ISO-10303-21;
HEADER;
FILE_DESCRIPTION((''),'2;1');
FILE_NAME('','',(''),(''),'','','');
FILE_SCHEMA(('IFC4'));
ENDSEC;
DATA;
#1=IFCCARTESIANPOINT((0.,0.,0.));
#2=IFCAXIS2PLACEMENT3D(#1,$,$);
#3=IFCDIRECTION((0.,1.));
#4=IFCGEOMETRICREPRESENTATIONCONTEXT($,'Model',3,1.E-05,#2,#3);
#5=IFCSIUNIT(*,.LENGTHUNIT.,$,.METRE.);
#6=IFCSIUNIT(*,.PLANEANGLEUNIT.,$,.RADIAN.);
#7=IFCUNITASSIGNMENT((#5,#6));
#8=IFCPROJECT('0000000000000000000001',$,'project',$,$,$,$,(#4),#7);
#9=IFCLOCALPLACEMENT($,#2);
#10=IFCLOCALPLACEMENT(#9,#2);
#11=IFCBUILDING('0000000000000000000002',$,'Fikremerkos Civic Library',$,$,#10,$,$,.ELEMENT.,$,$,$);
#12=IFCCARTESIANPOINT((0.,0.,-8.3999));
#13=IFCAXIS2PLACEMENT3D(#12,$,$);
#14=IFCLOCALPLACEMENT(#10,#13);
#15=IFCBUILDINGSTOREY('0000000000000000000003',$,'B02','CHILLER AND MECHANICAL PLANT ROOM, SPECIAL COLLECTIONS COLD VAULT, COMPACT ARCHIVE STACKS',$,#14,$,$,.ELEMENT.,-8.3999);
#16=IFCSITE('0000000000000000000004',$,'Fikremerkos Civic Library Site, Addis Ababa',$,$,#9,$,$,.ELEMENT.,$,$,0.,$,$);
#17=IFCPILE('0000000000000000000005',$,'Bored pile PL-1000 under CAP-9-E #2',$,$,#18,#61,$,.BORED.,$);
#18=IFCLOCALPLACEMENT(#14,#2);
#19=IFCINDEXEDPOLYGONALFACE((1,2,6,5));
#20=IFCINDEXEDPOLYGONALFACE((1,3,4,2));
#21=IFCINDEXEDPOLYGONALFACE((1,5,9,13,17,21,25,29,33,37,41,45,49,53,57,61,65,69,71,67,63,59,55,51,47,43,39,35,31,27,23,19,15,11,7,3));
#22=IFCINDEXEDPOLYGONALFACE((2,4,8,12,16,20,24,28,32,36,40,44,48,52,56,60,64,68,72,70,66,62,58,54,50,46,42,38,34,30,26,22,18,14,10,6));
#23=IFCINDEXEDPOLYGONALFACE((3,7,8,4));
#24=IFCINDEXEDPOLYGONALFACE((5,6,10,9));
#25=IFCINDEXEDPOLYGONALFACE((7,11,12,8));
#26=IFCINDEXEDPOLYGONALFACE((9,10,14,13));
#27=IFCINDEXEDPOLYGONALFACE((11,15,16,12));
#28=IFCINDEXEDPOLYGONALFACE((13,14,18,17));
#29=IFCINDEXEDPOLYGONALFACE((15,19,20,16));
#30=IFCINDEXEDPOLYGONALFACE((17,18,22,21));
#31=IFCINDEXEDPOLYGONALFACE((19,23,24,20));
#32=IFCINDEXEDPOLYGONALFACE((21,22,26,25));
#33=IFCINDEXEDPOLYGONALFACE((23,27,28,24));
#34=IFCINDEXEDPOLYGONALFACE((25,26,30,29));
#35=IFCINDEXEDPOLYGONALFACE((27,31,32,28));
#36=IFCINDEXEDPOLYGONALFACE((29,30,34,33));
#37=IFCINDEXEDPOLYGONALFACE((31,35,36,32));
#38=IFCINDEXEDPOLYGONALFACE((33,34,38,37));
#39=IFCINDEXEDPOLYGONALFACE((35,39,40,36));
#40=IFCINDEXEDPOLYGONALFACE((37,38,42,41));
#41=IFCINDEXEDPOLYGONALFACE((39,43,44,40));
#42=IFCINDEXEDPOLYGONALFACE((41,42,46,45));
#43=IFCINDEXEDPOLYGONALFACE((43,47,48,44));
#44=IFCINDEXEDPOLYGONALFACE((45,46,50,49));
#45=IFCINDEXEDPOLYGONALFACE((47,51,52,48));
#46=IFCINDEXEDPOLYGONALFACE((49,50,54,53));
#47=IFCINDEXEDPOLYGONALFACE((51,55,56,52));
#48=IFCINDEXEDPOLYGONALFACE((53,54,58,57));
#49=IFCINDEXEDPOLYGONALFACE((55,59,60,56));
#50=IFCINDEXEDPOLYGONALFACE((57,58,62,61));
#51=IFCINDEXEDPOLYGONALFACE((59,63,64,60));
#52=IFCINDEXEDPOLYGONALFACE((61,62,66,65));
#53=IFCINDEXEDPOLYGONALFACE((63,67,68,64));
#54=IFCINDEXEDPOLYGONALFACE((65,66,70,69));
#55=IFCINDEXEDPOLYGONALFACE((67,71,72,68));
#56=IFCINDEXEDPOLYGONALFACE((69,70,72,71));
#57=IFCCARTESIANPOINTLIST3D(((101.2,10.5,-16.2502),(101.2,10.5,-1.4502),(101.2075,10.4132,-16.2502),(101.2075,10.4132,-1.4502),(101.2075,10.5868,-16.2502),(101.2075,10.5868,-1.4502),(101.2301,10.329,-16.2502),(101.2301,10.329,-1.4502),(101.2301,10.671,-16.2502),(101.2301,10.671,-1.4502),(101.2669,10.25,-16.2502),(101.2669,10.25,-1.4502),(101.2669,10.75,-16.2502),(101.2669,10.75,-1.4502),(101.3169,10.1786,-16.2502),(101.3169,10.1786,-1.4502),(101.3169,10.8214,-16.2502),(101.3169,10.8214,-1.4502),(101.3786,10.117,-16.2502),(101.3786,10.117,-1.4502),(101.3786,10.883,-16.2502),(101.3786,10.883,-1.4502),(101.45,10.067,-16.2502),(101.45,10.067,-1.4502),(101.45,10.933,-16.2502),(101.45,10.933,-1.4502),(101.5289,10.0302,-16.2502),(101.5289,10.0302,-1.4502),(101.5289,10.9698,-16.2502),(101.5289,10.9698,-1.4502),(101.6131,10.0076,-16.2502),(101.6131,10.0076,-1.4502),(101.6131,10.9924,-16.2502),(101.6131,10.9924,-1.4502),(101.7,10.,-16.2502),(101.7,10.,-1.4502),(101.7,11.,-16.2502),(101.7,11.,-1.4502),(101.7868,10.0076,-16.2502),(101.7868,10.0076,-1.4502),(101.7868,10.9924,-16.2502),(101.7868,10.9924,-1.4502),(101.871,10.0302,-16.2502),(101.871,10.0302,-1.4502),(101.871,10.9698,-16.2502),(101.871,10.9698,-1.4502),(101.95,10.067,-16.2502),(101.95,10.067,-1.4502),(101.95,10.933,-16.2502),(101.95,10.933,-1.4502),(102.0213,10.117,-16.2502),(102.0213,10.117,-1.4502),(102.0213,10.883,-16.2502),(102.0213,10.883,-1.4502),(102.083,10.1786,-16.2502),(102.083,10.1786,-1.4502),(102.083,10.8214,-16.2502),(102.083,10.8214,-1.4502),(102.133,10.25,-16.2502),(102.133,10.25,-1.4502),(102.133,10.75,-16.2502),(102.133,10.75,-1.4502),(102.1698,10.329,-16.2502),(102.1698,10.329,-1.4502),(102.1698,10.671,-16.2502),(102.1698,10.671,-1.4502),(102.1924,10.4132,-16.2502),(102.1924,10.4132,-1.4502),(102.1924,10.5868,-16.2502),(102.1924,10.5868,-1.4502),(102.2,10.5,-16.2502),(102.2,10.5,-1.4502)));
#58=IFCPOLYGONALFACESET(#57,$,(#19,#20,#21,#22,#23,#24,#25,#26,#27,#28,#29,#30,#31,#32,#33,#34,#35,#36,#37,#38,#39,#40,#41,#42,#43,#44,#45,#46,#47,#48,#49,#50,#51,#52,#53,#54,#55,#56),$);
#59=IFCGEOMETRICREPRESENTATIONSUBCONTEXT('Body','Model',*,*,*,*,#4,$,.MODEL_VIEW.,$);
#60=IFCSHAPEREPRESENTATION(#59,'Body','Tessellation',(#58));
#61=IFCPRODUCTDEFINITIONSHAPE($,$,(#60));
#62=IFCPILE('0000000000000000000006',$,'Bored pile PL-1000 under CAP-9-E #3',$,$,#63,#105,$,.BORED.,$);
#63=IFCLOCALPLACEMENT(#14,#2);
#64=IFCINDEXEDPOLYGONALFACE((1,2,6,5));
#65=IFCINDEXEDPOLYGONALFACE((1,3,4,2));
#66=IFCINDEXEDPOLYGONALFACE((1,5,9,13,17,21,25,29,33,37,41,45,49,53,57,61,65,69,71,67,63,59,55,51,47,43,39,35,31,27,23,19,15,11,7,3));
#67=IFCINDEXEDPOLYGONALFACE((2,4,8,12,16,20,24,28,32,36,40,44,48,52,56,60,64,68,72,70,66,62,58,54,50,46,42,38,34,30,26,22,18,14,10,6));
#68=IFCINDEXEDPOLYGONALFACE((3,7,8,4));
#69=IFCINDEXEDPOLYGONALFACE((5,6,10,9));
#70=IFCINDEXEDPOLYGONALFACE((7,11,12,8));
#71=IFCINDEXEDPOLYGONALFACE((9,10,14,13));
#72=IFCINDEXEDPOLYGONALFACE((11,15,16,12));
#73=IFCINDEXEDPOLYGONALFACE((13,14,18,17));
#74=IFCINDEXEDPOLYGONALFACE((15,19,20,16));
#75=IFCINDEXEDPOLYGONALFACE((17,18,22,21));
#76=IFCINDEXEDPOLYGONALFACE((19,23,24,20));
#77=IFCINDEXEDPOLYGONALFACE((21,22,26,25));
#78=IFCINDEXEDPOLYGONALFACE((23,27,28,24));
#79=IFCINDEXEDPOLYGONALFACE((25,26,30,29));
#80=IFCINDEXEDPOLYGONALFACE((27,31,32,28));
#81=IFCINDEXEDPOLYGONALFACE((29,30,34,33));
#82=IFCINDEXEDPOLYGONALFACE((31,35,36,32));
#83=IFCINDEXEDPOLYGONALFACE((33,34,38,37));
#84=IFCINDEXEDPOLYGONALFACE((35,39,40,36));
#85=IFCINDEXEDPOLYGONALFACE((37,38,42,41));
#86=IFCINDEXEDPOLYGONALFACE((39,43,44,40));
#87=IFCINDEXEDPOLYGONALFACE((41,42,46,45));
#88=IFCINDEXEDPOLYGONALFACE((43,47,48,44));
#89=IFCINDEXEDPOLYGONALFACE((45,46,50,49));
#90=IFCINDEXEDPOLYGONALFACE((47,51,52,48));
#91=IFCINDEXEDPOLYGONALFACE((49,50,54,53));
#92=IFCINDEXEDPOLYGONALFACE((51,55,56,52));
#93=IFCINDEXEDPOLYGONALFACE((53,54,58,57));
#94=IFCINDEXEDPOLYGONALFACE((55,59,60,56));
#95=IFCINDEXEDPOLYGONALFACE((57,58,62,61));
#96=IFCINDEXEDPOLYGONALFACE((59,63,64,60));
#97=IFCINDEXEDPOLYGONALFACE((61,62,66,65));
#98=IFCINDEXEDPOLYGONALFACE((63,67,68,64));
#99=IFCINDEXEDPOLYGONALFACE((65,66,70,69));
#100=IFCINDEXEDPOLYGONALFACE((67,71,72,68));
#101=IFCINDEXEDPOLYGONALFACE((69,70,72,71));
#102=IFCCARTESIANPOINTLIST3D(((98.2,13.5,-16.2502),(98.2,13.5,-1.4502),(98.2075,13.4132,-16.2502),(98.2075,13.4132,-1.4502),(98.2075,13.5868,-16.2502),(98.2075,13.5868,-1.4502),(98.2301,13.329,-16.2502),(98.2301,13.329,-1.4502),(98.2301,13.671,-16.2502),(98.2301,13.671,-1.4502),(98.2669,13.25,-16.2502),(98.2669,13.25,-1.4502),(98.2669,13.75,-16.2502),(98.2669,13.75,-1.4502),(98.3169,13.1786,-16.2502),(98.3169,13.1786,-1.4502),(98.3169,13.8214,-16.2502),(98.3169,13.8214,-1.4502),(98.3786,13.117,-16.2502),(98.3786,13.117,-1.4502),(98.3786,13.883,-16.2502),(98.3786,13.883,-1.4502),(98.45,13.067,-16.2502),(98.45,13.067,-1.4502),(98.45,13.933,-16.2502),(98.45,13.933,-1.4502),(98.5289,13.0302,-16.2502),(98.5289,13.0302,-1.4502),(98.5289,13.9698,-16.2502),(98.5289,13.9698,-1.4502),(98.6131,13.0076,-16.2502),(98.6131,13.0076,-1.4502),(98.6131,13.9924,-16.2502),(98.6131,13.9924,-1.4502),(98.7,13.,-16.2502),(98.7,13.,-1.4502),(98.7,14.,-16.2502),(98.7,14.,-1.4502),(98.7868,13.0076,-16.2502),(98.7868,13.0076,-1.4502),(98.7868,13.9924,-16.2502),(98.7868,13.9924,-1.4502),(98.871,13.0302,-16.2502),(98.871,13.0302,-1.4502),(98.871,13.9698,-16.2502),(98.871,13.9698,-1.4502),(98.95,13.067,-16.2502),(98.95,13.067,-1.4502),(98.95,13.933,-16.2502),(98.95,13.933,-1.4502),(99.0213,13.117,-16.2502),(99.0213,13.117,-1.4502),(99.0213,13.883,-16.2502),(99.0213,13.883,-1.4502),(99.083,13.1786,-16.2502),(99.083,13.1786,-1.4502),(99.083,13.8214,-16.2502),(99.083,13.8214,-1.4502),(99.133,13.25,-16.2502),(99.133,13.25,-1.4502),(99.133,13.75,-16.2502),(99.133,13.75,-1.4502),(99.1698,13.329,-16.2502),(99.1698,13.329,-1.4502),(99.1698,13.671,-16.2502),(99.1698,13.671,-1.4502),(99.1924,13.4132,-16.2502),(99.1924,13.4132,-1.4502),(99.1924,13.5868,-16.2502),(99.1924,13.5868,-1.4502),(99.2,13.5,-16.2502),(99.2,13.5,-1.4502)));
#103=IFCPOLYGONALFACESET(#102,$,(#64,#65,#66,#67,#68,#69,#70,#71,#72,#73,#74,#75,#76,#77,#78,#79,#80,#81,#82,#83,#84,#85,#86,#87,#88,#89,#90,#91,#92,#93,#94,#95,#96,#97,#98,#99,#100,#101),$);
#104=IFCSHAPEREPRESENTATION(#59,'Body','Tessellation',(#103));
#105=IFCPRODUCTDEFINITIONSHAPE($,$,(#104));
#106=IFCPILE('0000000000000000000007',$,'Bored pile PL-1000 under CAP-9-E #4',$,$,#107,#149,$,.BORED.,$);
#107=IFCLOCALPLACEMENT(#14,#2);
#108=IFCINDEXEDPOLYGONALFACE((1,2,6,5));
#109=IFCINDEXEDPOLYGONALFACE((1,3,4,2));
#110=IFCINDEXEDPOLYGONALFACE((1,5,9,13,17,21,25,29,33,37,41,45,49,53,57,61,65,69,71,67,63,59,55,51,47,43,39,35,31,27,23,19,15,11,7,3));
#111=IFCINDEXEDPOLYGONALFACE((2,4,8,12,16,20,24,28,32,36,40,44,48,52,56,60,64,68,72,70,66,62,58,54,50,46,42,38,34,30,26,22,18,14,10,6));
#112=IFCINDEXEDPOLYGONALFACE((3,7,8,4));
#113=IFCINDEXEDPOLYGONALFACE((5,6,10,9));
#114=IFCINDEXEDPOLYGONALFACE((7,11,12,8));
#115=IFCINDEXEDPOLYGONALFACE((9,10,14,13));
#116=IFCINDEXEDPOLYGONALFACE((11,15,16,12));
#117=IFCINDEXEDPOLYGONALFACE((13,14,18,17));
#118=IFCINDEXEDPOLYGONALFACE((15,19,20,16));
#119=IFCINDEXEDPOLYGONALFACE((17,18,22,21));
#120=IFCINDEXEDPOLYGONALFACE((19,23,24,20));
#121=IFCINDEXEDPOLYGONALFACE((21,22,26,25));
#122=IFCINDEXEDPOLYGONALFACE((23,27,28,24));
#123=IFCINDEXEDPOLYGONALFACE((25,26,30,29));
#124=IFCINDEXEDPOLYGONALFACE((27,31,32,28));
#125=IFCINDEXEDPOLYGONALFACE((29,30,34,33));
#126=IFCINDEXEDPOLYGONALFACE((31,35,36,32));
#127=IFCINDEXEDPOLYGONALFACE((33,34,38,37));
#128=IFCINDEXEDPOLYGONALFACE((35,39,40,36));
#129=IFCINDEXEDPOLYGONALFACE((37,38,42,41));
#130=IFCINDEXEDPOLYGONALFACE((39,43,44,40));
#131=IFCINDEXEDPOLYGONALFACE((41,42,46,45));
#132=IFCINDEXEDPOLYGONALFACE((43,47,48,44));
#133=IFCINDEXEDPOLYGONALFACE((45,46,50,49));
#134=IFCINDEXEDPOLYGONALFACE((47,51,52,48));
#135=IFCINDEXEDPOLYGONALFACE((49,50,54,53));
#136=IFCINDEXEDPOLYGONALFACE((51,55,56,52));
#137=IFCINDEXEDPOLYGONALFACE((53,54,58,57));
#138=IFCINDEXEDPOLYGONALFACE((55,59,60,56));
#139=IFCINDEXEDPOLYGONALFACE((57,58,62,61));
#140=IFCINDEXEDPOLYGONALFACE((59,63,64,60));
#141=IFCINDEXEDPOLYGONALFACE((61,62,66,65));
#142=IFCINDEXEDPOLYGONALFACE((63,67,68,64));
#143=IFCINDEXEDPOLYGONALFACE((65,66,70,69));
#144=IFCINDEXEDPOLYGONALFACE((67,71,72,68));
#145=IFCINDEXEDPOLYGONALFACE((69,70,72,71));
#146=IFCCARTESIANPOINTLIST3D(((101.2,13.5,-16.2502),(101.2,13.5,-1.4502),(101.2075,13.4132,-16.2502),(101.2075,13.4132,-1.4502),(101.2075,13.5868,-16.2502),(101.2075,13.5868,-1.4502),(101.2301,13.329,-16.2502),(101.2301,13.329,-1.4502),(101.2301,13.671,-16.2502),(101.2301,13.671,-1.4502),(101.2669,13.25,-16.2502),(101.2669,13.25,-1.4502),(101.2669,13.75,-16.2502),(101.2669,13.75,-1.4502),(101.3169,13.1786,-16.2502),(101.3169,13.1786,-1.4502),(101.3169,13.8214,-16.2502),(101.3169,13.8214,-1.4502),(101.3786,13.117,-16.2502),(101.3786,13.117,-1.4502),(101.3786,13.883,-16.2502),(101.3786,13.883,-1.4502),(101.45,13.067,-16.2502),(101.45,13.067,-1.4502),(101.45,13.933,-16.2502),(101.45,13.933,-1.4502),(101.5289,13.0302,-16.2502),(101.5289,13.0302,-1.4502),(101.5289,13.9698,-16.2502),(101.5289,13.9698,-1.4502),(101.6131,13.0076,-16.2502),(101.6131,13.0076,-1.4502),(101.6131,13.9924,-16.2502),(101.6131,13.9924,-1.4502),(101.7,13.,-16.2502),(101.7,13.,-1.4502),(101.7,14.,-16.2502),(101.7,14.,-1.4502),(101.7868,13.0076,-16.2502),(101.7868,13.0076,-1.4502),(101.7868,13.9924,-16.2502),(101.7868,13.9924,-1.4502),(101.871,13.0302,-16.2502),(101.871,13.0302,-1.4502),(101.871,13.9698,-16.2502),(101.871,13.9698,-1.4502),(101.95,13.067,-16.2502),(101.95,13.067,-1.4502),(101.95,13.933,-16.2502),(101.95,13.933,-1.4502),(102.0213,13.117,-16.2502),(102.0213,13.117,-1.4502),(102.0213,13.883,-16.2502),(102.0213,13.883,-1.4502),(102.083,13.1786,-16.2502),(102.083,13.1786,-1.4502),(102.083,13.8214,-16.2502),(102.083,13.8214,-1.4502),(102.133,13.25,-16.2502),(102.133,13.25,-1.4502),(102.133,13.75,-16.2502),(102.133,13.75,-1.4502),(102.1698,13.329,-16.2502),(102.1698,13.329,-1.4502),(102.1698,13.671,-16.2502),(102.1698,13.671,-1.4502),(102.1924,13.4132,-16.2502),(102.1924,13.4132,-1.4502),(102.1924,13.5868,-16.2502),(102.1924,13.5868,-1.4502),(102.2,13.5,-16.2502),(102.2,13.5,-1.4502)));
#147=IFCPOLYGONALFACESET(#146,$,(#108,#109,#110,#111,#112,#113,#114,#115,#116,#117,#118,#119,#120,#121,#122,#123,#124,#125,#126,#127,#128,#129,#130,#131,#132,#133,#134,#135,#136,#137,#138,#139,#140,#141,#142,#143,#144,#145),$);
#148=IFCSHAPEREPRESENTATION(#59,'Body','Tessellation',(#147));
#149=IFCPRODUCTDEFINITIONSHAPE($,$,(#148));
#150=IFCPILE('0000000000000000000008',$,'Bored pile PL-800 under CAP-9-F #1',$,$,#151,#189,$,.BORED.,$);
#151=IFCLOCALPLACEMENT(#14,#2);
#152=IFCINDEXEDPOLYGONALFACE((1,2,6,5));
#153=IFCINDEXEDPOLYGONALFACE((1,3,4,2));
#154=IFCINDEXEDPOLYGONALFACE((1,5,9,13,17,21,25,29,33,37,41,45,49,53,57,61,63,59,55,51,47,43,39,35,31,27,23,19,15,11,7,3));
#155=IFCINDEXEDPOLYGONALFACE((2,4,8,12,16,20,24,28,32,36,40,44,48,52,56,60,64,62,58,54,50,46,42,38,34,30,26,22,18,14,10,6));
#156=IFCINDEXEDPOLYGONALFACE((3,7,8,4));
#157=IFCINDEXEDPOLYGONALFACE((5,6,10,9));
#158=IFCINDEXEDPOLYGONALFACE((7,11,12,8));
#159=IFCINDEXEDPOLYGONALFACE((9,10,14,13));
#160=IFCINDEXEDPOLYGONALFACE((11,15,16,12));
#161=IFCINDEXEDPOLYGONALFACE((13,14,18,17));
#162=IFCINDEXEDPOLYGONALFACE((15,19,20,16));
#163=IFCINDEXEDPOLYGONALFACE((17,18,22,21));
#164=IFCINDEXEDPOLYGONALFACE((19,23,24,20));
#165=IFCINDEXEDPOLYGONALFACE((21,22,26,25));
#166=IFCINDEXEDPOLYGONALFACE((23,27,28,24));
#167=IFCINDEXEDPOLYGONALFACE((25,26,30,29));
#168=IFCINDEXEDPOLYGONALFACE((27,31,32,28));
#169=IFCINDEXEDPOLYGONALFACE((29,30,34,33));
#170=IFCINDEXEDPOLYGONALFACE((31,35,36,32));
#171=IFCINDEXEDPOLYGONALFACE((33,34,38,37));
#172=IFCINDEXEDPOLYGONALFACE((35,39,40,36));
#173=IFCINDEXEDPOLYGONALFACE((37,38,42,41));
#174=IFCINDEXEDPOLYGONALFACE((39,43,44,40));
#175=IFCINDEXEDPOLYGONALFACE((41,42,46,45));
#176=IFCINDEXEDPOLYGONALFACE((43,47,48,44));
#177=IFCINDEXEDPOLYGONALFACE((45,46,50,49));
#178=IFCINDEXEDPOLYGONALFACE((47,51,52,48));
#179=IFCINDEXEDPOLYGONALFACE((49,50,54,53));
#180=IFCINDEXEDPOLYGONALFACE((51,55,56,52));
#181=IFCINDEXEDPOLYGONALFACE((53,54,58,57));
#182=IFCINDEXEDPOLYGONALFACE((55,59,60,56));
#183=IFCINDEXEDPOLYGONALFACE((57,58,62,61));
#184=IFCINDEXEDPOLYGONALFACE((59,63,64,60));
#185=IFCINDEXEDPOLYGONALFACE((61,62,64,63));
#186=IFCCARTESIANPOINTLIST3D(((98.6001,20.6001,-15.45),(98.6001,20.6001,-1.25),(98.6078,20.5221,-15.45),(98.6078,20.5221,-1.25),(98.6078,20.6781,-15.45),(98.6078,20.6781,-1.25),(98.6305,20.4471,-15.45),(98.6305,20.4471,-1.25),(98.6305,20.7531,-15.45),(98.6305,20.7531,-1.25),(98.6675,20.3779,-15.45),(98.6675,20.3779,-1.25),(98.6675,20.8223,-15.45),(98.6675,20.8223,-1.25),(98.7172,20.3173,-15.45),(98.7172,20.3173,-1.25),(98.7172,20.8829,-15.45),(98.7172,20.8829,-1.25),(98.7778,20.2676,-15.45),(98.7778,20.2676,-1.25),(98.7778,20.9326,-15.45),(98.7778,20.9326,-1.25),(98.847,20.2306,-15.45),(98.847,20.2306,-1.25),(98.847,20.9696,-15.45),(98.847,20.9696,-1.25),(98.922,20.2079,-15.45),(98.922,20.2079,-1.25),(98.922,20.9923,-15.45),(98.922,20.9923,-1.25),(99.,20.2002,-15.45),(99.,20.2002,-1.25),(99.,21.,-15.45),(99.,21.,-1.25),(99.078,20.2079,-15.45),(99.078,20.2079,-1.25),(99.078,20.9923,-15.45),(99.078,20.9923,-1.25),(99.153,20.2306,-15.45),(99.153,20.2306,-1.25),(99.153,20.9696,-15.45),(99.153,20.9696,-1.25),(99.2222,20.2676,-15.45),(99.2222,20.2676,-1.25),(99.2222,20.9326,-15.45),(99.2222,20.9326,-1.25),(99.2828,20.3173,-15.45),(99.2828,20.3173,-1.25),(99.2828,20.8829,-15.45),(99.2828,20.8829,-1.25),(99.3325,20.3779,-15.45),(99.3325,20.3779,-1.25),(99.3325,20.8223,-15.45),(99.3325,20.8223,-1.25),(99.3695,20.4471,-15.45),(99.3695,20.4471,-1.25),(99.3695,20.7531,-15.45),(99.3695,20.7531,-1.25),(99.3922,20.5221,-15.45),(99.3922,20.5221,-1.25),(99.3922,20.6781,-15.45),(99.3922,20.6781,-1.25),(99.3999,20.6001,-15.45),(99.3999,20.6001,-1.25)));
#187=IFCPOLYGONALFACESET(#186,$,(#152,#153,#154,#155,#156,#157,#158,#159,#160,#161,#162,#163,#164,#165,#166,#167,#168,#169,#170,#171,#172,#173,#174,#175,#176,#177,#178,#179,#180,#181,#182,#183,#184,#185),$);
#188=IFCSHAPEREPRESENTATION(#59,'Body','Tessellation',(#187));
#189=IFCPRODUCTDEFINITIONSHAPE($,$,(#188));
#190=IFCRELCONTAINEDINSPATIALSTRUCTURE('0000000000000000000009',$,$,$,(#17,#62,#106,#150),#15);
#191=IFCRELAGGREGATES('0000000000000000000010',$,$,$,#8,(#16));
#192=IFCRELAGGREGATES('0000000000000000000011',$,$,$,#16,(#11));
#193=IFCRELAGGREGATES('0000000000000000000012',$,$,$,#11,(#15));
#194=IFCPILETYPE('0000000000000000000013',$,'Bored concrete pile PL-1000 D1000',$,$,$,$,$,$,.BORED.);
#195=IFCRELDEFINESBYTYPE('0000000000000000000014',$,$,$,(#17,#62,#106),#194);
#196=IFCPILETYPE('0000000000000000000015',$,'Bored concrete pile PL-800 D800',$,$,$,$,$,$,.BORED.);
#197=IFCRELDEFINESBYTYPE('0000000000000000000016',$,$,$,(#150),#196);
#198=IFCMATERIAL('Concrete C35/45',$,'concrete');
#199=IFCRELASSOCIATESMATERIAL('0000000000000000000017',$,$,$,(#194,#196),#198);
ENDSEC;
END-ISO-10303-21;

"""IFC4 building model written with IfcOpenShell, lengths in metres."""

from ifc_helpers import new_model, si_unit, direction, frame, origin, origin_2d, place, context, subcontext, project, spatial, circle, extrude, material, material_profile, profile_set, type_object, element, save


model = new_model("IFC4")

# Units and contexts
model_context = context("Model", 3, precision=1e-05, world=origin(), true_north=direction((0.0, 1.0)))
body_context = subcontext(model_context, "Body", "Model", "MODEL_VIEW")
ifc_project = project(units=[si_unit("LENGTHUNIT", "METRE"), si_unit("PLANEANGLEUNIT", "RADIAN")], contexts=[model_context])

# Site, building, storey
site_placement = place(None, origin())
site = spatial("IfcSite", under=ifc_project, at=site_placement, Name="Fikremerkos Civic Library Site, Addis Ababa", CompositionType="ELEMENT", RefElevation=0.0)
building_placement = place(site_placement, origin())
building = spatial("IfcBuilding", under=site, at=building_placement, Name="Fikremerkos Civic Library", CompositionType="ELEMENT")
storey_placement = place(building_placement, frame((0.0, 0.0, -8.3999)))
storey = spatial("IfcBuildingStorey", under=building, at=storey_placement, Name="B02", Description="CHILLER AND MECHANICAL PLANT ROOM, SPECIAL COLLECTIONS COLD VAULT, COMPACT ARCHIVE STACKS", CompositionType="ELEMENT", Elevation=-8.3999)

# Piles
ifc_material_1 = material(Name="Concrete C35/45", Category="concrete")
ifc_material_profile_1 = material_profile(ifc_material_1, circle(Radius=0.5, at=origin_2d()), Name="BORED PILE 1000")
ifc_profile_set_1 = profile_set([ifc_material_profile_1], Name="Concrete C35/45")
pile_type_1 = type_object("IfcPileType", Name="Bored concrete pile PL-1000 D1000", PredefinedType="BORED", material=ifc_profile_set_1)
for number, where, z_axis, x_axis, name in (
    (1, (101.7, 10.5, -1.4502), (0.0, 0.0, -1.0), (1.0, 0.0, 0.0), "Bored pile PL-1000 under CAP-9-E #2"),
    (2, (98.7, 13.5, -1.4502), (0.0, 0.0, -1.0), (1.0, 0.0, 0.0), "Bored pile PL-1000 under CAP-9-E #3"),
    (3, (101.7, 13.5, -1.4502), (0.0, 0.0, -1.0), (1.0, 0.0, 0.0), "Bored pile PL-1000 under CAP-9-E #4"),
):
    element("IfcPile", number, at=place(storey_placement, frame(where, z_axis=z_axis, x_axis=x_axis)), inside=storey, type_object=pile_type_1, Name=name, PredefinedType="BORED", context=body_context, shape_type="SweptSolid", body=[
        extrude(circle(Radius=0.5, at=origin_2d()), origin(), (0.0, 0.0, 1.0), 14.8),
    ])
ifc_material_profile_2 = material_profile(ifc_material_1, circle(Radius=0.3999, at=origin_2d()), Name="BORED PILE 800")
ifc_profile_set_2 = profile_set([ifc_material_profile_2], Name="Concrete C35/45")
pile_type_2 = type_object("IfcPileType", Name="Bored concrete pile PL-800 D800", PredefinedType="BORED", material=ifc_profile_set_2)
for number, where, z_axis, x_axis, name in (
    (4, (99.0, 20.6001, -1.25), (0.0, 0.0, -1.0), (1.0, 0.0, 0.0), "Bored pile PL-800 under CAP-9-F #1"),
):
    element("IfcPile", number, at=place(storey_placement, frame(where, z_axis=z_axis, x_axis=x_axis)), inside=storey, type_object=pile_type_2, Name=name, PredefinedType="BORED", context=body_context, shape_type="SweptSolid", body=[
        extrude(circle(Radius=0.3999, at=origin_2d()), origin(), (0.0, 0.0, 1.0), 14.2),
    ])

save(model, "model.ifc")
